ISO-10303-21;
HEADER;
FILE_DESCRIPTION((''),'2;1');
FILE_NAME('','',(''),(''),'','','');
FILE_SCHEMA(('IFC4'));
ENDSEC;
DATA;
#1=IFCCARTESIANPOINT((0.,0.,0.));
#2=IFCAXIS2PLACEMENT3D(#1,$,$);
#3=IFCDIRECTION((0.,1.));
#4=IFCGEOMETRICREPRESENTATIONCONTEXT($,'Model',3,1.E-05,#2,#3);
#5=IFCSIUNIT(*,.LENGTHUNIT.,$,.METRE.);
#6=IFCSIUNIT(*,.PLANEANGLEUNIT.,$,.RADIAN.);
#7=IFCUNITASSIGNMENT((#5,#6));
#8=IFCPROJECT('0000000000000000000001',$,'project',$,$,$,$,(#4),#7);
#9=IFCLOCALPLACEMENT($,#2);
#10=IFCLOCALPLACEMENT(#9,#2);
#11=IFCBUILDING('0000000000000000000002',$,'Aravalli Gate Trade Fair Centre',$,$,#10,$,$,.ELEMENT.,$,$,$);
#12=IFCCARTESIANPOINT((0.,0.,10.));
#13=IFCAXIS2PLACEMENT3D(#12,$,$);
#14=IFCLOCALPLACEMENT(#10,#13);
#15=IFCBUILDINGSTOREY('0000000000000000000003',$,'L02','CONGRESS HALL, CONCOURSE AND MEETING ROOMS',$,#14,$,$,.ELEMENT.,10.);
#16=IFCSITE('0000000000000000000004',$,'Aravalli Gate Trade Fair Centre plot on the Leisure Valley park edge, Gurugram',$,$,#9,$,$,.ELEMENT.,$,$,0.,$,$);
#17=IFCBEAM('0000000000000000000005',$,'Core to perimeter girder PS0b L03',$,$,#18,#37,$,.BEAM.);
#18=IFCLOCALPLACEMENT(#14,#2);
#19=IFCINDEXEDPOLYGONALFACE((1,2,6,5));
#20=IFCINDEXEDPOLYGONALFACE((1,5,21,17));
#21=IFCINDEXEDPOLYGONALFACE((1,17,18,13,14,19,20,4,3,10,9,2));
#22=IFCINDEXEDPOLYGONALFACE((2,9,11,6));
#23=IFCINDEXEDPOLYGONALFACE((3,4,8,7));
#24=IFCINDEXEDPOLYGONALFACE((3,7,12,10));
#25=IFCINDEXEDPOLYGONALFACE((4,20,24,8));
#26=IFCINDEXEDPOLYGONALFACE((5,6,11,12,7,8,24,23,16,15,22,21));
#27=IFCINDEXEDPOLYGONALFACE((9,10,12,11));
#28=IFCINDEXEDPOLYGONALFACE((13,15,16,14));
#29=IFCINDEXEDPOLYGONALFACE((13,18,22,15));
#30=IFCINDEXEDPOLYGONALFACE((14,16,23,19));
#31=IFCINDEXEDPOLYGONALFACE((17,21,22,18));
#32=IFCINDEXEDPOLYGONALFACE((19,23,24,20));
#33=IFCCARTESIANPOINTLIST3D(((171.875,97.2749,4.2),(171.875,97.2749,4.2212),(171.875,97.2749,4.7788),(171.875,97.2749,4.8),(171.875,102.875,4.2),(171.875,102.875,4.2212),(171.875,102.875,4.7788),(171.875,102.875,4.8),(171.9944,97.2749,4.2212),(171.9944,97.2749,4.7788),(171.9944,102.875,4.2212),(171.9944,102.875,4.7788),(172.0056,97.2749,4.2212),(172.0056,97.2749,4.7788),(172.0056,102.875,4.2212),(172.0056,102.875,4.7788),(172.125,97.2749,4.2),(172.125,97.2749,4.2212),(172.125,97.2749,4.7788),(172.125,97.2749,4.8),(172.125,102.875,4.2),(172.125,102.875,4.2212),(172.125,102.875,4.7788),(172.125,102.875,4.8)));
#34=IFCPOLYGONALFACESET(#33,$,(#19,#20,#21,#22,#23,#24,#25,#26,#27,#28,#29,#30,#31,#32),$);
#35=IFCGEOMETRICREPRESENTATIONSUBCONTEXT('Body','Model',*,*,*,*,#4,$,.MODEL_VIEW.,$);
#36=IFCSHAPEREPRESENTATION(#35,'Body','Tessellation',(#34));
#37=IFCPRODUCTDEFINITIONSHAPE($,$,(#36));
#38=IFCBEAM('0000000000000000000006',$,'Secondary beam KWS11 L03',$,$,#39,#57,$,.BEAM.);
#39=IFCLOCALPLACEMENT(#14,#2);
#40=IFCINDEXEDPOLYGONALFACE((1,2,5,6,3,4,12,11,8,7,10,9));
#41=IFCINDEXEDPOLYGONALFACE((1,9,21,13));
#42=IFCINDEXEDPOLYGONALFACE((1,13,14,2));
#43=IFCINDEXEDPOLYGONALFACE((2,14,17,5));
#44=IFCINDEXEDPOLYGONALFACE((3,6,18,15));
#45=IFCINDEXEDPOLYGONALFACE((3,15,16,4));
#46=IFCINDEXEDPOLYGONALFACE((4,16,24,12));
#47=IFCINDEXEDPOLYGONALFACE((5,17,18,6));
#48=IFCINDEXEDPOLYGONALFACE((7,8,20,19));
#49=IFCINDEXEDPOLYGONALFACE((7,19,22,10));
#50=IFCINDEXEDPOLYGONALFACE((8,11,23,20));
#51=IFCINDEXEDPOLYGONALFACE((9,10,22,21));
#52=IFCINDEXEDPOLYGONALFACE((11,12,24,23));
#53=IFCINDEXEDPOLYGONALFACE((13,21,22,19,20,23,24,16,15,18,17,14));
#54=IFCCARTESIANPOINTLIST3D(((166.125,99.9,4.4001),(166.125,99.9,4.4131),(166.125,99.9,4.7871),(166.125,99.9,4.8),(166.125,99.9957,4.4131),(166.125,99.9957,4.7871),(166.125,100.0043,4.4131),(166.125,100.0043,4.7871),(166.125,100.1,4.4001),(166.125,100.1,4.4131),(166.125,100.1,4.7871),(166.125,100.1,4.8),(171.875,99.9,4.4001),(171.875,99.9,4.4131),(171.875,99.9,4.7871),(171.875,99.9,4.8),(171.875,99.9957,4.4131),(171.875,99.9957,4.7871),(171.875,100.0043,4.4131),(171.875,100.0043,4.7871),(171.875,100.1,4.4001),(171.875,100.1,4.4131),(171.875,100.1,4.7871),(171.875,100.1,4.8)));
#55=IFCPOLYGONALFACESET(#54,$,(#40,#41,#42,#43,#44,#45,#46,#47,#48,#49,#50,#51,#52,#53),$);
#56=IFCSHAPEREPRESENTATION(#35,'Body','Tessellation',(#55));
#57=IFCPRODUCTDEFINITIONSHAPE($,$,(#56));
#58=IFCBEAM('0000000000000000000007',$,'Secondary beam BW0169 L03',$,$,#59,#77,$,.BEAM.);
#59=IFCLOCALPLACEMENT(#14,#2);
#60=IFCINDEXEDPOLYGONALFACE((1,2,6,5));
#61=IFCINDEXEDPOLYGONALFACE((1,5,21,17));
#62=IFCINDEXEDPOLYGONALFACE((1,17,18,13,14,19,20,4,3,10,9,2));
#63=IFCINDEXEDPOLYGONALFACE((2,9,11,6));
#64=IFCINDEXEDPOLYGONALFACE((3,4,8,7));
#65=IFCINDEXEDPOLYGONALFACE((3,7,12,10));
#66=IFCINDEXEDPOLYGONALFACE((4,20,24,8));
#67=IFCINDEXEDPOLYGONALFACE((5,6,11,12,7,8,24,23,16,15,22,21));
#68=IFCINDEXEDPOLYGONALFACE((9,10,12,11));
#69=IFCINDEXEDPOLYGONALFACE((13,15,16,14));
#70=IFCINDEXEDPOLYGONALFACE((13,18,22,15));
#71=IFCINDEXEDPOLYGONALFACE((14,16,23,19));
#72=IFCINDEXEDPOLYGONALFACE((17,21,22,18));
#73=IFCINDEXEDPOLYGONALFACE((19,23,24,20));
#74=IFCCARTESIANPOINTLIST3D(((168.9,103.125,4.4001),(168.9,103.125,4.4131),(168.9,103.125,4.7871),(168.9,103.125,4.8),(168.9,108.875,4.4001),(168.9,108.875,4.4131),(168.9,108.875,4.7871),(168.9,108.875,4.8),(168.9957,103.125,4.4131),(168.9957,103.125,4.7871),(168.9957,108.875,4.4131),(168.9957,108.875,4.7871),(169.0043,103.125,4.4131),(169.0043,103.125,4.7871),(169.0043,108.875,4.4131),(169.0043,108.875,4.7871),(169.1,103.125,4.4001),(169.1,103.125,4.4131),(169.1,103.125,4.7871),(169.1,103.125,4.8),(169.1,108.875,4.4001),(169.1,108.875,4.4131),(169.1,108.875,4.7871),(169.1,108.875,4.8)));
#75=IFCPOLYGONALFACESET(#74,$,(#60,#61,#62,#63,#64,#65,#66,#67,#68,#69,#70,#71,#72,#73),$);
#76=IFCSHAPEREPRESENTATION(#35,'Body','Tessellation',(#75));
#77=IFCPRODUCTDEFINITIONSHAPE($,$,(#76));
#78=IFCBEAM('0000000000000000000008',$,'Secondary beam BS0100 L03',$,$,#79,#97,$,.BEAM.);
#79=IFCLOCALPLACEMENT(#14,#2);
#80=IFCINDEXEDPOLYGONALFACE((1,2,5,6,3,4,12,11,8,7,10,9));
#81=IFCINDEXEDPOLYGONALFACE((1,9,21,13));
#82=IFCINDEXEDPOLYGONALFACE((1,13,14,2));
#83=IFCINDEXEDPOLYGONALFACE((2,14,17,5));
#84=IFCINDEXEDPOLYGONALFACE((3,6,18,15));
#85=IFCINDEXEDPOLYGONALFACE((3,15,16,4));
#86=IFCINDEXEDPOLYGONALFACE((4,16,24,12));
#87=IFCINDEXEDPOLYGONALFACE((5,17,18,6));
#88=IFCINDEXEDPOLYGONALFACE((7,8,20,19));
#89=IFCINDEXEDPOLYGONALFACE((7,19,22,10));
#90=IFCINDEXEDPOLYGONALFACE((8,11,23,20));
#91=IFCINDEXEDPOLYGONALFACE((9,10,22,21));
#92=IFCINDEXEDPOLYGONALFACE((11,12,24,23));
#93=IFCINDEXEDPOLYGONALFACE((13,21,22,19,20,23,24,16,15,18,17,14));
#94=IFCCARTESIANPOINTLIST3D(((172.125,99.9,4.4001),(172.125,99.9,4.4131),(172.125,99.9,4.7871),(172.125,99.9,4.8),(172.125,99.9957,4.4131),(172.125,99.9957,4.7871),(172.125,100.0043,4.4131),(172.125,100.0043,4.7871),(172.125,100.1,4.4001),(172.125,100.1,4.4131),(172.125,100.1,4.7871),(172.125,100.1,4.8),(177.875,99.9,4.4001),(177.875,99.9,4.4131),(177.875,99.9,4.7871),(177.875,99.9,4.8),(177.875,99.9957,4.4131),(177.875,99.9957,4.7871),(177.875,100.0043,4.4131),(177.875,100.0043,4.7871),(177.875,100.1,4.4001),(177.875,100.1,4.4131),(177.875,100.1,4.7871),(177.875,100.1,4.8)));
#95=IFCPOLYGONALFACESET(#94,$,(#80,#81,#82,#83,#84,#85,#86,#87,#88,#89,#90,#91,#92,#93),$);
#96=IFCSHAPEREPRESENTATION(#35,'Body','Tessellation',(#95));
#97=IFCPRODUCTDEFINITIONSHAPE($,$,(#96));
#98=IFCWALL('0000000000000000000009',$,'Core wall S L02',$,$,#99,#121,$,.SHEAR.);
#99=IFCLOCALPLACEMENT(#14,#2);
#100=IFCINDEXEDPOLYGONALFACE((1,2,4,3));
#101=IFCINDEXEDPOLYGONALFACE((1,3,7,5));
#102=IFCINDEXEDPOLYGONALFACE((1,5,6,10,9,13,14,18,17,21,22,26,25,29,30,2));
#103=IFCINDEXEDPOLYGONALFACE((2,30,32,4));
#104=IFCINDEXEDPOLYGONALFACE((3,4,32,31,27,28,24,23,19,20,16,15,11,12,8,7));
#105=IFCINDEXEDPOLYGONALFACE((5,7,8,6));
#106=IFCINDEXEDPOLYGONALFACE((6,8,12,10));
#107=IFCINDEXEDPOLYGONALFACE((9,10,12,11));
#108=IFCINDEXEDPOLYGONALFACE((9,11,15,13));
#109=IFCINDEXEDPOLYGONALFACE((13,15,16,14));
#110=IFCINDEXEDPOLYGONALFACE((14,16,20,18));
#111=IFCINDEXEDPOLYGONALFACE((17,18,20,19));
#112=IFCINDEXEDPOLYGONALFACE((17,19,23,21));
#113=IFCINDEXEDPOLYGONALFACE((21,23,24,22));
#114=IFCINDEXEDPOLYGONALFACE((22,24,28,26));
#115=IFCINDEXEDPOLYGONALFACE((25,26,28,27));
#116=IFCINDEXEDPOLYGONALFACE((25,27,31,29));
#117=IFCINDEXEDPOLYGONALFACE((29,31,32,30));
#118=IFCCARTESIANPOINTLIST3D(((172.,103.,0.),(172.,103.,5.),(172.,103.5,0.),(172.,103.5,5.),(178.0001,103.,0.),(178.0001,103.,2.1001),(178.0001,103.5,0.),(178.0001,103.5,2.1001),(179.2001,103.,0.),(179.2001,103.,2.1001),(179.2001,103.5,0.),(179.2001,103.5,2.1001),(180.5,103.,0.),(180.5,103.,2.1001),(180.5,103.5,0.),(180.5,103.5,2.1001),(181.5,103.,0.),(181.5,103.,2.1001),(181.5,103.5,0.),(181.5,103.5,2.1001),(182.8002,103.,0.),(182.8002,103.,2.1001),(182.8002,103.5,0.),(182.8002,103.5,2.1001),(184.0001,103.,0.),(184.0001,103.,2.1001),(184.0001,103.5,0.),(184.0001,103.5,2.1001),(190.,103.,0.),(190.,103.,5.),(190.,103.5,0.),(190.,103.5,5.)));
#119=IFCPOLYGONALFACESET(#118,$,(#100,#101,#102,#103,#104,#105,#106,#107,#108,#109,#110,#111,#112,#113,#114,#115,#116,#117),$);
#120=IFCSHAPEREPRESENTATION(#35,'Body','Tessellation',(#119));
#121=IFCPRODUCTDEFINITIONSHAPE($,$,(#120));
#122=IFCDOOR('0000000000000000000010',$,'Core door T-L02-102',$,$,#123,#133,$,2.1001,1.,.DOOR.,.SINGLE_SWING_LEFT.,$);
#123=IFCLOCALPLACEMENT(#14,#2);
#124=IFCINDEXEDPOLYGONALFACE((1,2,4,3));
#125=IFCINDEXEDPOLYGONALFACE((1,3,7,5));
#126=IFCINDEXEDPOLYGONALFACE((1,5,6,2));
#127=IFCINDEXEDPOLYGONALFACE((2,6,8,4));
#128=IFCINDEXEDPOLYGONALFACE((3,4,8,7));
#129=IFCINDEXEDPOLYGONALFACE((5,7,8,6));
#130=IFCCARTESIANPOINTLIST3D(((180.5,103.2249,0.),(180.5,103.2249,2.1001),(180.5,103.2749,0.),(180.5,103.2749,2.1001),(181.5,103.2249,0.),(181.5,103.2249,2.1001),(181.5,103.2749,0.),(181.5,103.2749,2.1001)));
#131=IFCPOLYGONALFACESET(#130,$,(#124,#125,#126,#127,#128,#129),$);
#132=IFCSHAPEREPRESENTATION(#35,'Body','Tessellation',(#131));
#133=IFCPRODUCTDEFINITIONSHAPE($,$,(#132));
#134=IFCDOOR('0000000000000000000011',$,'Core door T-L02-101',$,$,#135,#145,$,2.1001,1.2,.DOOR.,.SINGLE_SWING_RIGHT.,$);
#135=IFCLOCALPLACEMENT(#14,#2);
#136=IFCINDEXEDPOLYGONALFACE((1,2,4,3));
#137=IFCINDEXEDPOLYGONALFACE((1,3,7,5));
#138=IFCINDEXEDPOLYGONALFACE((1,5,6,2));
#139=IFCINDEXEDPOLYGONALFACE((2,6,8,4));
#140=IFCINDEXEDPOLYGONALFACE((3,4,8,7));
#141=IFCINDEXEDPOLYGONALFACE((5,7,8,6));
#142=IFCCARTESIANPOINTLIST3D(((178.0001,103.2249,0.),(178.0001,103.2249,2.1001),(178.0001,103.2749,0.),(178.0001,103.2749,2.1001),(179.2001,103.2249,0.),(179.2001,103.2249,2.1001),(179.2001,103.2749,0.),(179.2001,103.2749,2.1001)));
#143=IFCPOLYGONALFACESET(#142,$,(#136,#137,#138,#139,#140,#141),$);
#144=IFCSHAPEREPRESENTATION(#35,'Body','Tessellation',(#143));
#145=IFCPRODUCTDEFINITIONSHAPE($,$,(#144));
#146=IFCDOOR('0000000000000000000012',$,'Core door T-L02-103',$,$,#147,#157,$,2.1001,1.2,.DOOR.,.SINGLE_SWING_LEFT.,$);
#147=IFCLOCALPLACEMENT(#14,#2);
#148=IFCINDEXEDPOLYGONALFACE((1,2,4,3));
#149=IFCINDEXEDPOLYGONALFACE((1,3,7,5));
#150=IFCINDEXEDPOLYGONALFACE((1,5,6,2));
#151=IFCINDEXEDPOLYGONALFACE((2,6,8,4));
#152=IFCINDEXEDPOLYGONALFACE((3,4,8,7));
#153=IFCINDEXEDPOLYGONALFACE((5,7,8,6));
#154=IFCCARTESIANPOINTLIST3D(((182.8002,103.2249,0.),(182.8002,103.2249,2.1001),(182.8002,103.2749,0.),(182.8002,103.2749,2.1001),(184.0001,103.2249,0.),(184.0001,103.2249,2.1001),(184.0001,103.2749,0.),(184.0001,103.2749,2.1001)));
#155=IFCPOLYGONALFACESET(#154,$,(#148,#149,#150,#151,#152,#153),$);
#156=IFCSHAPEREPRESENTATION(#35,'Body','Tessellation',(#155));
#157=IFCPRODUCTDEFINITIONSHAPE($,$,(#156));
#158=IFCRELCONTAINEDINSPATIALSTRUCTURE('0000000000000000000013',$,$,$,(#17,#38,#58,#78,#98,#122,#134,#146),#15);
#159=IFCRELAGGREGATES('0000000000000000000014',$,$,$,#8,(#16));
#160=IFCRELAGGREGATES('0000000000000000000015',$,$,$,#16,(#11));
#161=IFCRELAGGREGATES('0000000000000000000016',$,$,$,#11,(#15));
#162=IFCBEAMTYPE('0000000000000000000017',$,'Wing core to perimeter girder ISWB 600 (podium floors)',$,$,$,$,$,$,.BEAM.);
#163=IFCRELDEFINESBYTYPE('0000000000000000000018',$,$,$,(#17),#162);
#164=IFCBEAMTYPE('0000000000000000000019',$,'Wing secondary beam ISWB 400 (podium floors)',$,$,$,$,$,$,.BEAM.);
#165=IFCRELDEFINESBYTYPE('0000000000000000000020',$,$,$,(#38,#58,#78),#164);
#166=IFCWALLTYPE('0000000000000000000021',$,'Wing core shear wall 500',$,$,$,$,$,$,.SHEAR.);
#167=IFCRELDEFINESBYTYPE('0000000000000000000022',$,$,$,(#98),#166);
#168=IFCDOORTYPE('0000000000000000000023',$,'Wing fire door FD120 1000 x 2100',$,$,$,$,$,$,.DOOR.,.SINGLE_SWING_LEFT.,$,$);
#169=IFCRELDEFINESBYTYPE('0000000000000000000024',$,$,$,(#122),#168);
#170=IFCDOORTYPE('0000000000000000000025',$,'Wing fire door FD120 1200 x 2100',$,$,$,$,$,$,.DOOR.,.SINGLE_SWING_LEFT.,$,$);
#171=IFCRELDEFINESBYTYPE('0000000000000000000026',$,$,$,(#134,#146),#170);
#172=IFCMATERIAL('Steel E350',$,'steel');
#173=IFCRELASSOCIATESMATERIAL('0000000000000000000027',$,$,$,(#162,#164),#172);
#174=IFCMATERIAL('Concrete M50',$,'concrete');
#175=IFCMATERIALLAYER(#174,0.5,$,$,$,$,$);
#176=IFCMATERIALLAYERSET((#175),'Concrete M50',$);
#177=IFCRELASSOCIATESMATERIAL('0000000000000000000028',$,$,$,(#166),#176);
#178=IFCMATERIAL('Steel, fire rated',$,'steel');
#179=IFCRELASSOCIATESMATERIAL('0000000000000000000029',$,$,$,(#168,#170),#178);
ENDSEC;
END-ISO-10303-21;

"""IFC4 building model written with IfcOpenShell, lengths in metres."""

from ifc_helpers import new_model, si_unit, direction, frame, frame_2d, origin, origin_2d, place, context, subcontext, project, spatial, rectangle, i_section, extrude, material, layer, layer_set, material_profile, profile_set, type_object, element, fill, save


model = new_model("IFC4")

# Units and contexts
model_context = context("Model", 3, precision=1e-05, world=origin(), true_north=direction((0.0, 1.0)))
body_context = subcontext(model_context, "Body", "Model", "MODEL_VIEW")
ifc_project = project(units=[si_unit("LENGTHUNIT", "METRE"), si_unit("PLANEANGLEUNIT", "RADIAN")], contexts=[model_context])

# Site, building, storey
site_placement = place(None, origin())
site = spatial("IfcSite", under=ifc_project, at=site_placement, Name="Aravalli Gate Trade Fair Centre plot on the Leisure Valley park edge, Gurugram", CompositionType="ELEMENT", RefElevation=0.0)
building_placement = place(site_placement, origin())
building = spatial("IfcBuilding", under=site, at=building_placement, Name="Aravalli Gate Trade Fair Centre", CompositionType="ELEMENT")
storey_placement = place(building_placement, frame((0.0, 0.0, 10.0)))
storey = spatial("IfcBuildingStorey", under=building, at=storey_placement, Name="L02", Description="CONGRESS HALL, CONCOURSE AND MEETING ROOMS", CompositionType="ELEMENT", Elevation=10.0)

# Beams
ifc_material_1 = material(Name="Steel E350", Category="steel")
ifc_material_profile_1 = material_profile(ifc_material_1, i_section(OverallWidth=0.25, OverallDepth=0.6001, WebThickness=0.0112, FlangeThickness=0.0212, at=origin_2d()), Name="ISWB 600")
ifc_profile_set_1 = profile_set([ifc_material_profile_1], Name="Steel E350")
beam_type_1 = type_object("IfcBeamType", Name="Wing core to perimeter girder ISWB 600 (podium floors)", PredefinedType="BEAM", material=ifc_profile_set_1)
beam_placement = place(storey_placement, frame((172.0, 97.2749, 4.5), z_axis=(0.0, 1.0, 0.0), x_axis=(-1.0, 0.0, 0.0)))
element("IfcBeam", 1, at=beam_placement, inside=storey, type_object=beam_type_1, Name="Core to perimeter girder PS0b L03", PredefinedType="BEAM", context=body_context, shape_type="SweptSolid", body=[
    extrude(i_section(OverallWidth=0.25, OverallDepth=0.6001, WebThickness=0.0112, FlangeThickness=0.0212, at=origin_2d()), origin(), (0.0, 0.0, 1.0), 5.6001),
])
ifc_material_profile_2 = material_profile(ifc_material_1, i_section(OverallWidth=0.2, OverallDepth=0.3999, WebThickness=0.0085, FlangeThickness=0.0129, at=origin_2d()), Name="ISWB 400")
ifc_profile_set_2 = profile_set([ifc_material_profile_2], Name="Steel E350")
beam_type_2 = type_object("IfcBeamType", Name="Wing secondary beam ISWB 400 (podium floors)", PredefinedType="BEAM", material=ifc_profile_set_2)
for number, where, z_axis, x_axis, name in (
    (2, (166.125, 100.0, 4.6001), (1.0, 0.0, 0.0), (0.0, 1.0, 0.0), "Secondary beam KWS11 L03"),
    (3, (169.0, 103.125, 4.6001), (0.0, 1.0, 0.0), (-1.0, 0.0, 0.0), "Secondary beam BW0169 L03"),
    (4, (172.125, 100.0, 4.6001), (1.0, 0.0, 0.0), (0.0, 1.0, 0.0), "Secondary beam BS0100 L03"),
):
    element("IfcBeam", number, at=place(storey_placement, frame(where, z_axis=z_axis, x_axis=x_axis)), inside=storey, type_object=beam_type_2, Name=name, PredefinedType="BEAM", context=body_context, shape_type="SweptSolid", body=[
        extrude(i_section(OverallWidth=0.2, OverallDepth=0.3999, WebThickness=0.0085, FlangeThickness=0.0129, at=origin_2d()), origin(), (0.0, 0.0, 1.0), 5.75),
    ])

# Wall, openings, doors
ifc_material_2 = material(Name="Concrete M50", Category="concrete")
ifc_layer_1 = layer(ifc_material_2, 0.5)
ifc_layer_set_1 = layer_set([ifc_layer_1], Name="Concrete M50")
wall_type_1 = type_object("IfcWallType", Name="Wing core shear wall 500", PredefinedType="SHEAR", material=ifc_layer_set_1)
wall_1_placement = place(storey_placement, frame((172.0, 103.25, 0.0), z_axis=(0.0, 0.0, 1.0), x_axis=(1.0, 0.0, 0.0)))
wall_1 = element("IfcWall", 5, at=wall_1_placement, inside=storey, type_object=wall_type_1, Name="Core wall S L02", PredefinedType="SHEAR", context=body_context, shape_type="SweptSolid", body=[
    extrude(rectangle(XDim=18.0, YDim=0.5, at=frame_2d((9.0, 0.0))), origin(), (0.0, 0.0, 1.0), 5.0),
])
opening_1_placement = place(wall_1_placement, frame((8.5, 0.0, 0.0)))
opening_1 = element("IfcOpeningElement", 6, at=opening_1_placement, cuts=wall_1, PredefinedType="OPENING", context=body_context, shape_type="SweptSolid", body=[
    extrude(rectangle(XDim=1.0, YDim=2.1001, at=frame_2d((0.5, 1.05))), frame((0.0, 0.26, 0.0), z_axis=(0.0, -1.0, 0.0), x_axis=(1.0, 0.0, 0.0)), (0.0, 0.0, 1.0), 0.52),
])
opening_2_placement = place(wall_1_placement, frame((6.0, 0.0, 0.0)))
opening_2 = element("IfcOpeningElement", 7, at=opening_2_placement, cuts=wall_1, PredefinedType="OPENING", context=body_context, shape_type="SweptSolid", body=[
    extrude(rectangle(XDim=1.2, YDim=2.1001, at=frame_2d((0.6001, 1.05))), frame((0.0, 0.26, 0.0), z_axis=(0.0, -1.0, 0.0), x_axis=(1.0, 0.0, 0.0)), (0.0, 0.0, 1.0), 0.52),
])
opening_3_placement = place(wall_1_placement, frame((10.8, 0.0, 0.0)))
opening_3 = element("IfcOpeningElement", 8, at=opening_3_placement, cuts=wall_1, PredefinedType="OPENING", context=body_context, shape_type="SweptSolid", body=[
    extrude(rectangle(XDim=1.2, YDim=2.1001, at=frame_2d((0.6001, 1.05))), frame((0.0, 0.26, 0.0), z_axis=(0.0, -1.0, 0.0), x_axis=(1.0, 0.0, 0.0)), (0.0, 0.0, 1.0), 0.52),
])
ifc_material_3 = material(Name="Steel, fire rated", Category="steel")
door_type_1 = type_object("IfcDoorType", Name="Wing fire door FD120 1000 x 2100", OperationType="SINGLE_SWING_LEFT", PredefinedType="DOOR", material=ifc_material_3)
door_1_placement = place(opening_1_placement, origin())
door_1 = element("IfcDoor", 9, at=door_1_placement, inside=storey, type_object=door_type_1, Name="Core door T-L02-102", OperationType="SINGLE_SWING_LEFT", OverallHeight=2.1001, OverallWidth=1.0, PredefinedType="DOOR", context=body_context, shape_type="SweptSolid", body=[
    extrude(rectangle(XDim=1.0, YDim=2.1001, at=frame_2d((0.5, 1.05))), frame((0.0, 0.0249, 0.0), z_axis=(0.0, -1.0, 0.0), x_axis=(1.0, 0.0, 0.0)), (0.0, 0.0, 1.0), 0.05),
])
fill(opening_1, door_1)
door_type_2 = type_object("IfcDoorType", Name="Wing fire door FD120 1200 x 2100", OperationType="SINGLE_SWING_LEFT", PredefinedType="DOOR", material=ifc_material_3)
door_2_placement = place(opening_2_placement, origin())
door_2 = element("IfcDoor", 10, at=door_2_placement, inside=storey, type_object=door_type_2, Name="Core door T-L02-101", OperationType="SINGLE_SWING_RIGHT", OverallHeight=2.1001, OverallWidth=1.2, PredefinedType="DOOR", context=body_context, shape_type="SweptSolid", body=[
    extrude(rectangle(XDim=1.2, YDim=2.1001, at=frame_2d((0.6001, 1.05))), frame((0.0, 0.0249, 0.0), z_axis=(0.0, -1.0, 0.0), x_axis=(1.0, 0.0, 0.0)), (0.0, 0.0, 1.0), 0.05),
])
fill(opening_2, door_2)
door_3_placement = place(opening_3_placement, origin())
door_3 = element("IfcDoor", 11, at=door_3_placement, inside=storey, type_object=door_type_2, Name="Core door T-L02-103", OperationType="SINGLE_SWING_LEFT", OverallHeight=2.1001, OverallWidth=1.2, PredefinedType="DOOR", context=body_context, shape_type="SweptSolid", body=[
    extrude(rectangle(XDim=1.2, YDim=2.1001, at=frame_2d((0.6001, 1.05))), frame((0.0, 0.0249, 0.0), z_axis=(0.0, -1.0, 0.0), x_axis=(1.0, 0.0, 0.0)), (0.0, 0.0, 1.0), 0.05),
])
fill(opening_3, door_3)

save(model, "model.ifc")
